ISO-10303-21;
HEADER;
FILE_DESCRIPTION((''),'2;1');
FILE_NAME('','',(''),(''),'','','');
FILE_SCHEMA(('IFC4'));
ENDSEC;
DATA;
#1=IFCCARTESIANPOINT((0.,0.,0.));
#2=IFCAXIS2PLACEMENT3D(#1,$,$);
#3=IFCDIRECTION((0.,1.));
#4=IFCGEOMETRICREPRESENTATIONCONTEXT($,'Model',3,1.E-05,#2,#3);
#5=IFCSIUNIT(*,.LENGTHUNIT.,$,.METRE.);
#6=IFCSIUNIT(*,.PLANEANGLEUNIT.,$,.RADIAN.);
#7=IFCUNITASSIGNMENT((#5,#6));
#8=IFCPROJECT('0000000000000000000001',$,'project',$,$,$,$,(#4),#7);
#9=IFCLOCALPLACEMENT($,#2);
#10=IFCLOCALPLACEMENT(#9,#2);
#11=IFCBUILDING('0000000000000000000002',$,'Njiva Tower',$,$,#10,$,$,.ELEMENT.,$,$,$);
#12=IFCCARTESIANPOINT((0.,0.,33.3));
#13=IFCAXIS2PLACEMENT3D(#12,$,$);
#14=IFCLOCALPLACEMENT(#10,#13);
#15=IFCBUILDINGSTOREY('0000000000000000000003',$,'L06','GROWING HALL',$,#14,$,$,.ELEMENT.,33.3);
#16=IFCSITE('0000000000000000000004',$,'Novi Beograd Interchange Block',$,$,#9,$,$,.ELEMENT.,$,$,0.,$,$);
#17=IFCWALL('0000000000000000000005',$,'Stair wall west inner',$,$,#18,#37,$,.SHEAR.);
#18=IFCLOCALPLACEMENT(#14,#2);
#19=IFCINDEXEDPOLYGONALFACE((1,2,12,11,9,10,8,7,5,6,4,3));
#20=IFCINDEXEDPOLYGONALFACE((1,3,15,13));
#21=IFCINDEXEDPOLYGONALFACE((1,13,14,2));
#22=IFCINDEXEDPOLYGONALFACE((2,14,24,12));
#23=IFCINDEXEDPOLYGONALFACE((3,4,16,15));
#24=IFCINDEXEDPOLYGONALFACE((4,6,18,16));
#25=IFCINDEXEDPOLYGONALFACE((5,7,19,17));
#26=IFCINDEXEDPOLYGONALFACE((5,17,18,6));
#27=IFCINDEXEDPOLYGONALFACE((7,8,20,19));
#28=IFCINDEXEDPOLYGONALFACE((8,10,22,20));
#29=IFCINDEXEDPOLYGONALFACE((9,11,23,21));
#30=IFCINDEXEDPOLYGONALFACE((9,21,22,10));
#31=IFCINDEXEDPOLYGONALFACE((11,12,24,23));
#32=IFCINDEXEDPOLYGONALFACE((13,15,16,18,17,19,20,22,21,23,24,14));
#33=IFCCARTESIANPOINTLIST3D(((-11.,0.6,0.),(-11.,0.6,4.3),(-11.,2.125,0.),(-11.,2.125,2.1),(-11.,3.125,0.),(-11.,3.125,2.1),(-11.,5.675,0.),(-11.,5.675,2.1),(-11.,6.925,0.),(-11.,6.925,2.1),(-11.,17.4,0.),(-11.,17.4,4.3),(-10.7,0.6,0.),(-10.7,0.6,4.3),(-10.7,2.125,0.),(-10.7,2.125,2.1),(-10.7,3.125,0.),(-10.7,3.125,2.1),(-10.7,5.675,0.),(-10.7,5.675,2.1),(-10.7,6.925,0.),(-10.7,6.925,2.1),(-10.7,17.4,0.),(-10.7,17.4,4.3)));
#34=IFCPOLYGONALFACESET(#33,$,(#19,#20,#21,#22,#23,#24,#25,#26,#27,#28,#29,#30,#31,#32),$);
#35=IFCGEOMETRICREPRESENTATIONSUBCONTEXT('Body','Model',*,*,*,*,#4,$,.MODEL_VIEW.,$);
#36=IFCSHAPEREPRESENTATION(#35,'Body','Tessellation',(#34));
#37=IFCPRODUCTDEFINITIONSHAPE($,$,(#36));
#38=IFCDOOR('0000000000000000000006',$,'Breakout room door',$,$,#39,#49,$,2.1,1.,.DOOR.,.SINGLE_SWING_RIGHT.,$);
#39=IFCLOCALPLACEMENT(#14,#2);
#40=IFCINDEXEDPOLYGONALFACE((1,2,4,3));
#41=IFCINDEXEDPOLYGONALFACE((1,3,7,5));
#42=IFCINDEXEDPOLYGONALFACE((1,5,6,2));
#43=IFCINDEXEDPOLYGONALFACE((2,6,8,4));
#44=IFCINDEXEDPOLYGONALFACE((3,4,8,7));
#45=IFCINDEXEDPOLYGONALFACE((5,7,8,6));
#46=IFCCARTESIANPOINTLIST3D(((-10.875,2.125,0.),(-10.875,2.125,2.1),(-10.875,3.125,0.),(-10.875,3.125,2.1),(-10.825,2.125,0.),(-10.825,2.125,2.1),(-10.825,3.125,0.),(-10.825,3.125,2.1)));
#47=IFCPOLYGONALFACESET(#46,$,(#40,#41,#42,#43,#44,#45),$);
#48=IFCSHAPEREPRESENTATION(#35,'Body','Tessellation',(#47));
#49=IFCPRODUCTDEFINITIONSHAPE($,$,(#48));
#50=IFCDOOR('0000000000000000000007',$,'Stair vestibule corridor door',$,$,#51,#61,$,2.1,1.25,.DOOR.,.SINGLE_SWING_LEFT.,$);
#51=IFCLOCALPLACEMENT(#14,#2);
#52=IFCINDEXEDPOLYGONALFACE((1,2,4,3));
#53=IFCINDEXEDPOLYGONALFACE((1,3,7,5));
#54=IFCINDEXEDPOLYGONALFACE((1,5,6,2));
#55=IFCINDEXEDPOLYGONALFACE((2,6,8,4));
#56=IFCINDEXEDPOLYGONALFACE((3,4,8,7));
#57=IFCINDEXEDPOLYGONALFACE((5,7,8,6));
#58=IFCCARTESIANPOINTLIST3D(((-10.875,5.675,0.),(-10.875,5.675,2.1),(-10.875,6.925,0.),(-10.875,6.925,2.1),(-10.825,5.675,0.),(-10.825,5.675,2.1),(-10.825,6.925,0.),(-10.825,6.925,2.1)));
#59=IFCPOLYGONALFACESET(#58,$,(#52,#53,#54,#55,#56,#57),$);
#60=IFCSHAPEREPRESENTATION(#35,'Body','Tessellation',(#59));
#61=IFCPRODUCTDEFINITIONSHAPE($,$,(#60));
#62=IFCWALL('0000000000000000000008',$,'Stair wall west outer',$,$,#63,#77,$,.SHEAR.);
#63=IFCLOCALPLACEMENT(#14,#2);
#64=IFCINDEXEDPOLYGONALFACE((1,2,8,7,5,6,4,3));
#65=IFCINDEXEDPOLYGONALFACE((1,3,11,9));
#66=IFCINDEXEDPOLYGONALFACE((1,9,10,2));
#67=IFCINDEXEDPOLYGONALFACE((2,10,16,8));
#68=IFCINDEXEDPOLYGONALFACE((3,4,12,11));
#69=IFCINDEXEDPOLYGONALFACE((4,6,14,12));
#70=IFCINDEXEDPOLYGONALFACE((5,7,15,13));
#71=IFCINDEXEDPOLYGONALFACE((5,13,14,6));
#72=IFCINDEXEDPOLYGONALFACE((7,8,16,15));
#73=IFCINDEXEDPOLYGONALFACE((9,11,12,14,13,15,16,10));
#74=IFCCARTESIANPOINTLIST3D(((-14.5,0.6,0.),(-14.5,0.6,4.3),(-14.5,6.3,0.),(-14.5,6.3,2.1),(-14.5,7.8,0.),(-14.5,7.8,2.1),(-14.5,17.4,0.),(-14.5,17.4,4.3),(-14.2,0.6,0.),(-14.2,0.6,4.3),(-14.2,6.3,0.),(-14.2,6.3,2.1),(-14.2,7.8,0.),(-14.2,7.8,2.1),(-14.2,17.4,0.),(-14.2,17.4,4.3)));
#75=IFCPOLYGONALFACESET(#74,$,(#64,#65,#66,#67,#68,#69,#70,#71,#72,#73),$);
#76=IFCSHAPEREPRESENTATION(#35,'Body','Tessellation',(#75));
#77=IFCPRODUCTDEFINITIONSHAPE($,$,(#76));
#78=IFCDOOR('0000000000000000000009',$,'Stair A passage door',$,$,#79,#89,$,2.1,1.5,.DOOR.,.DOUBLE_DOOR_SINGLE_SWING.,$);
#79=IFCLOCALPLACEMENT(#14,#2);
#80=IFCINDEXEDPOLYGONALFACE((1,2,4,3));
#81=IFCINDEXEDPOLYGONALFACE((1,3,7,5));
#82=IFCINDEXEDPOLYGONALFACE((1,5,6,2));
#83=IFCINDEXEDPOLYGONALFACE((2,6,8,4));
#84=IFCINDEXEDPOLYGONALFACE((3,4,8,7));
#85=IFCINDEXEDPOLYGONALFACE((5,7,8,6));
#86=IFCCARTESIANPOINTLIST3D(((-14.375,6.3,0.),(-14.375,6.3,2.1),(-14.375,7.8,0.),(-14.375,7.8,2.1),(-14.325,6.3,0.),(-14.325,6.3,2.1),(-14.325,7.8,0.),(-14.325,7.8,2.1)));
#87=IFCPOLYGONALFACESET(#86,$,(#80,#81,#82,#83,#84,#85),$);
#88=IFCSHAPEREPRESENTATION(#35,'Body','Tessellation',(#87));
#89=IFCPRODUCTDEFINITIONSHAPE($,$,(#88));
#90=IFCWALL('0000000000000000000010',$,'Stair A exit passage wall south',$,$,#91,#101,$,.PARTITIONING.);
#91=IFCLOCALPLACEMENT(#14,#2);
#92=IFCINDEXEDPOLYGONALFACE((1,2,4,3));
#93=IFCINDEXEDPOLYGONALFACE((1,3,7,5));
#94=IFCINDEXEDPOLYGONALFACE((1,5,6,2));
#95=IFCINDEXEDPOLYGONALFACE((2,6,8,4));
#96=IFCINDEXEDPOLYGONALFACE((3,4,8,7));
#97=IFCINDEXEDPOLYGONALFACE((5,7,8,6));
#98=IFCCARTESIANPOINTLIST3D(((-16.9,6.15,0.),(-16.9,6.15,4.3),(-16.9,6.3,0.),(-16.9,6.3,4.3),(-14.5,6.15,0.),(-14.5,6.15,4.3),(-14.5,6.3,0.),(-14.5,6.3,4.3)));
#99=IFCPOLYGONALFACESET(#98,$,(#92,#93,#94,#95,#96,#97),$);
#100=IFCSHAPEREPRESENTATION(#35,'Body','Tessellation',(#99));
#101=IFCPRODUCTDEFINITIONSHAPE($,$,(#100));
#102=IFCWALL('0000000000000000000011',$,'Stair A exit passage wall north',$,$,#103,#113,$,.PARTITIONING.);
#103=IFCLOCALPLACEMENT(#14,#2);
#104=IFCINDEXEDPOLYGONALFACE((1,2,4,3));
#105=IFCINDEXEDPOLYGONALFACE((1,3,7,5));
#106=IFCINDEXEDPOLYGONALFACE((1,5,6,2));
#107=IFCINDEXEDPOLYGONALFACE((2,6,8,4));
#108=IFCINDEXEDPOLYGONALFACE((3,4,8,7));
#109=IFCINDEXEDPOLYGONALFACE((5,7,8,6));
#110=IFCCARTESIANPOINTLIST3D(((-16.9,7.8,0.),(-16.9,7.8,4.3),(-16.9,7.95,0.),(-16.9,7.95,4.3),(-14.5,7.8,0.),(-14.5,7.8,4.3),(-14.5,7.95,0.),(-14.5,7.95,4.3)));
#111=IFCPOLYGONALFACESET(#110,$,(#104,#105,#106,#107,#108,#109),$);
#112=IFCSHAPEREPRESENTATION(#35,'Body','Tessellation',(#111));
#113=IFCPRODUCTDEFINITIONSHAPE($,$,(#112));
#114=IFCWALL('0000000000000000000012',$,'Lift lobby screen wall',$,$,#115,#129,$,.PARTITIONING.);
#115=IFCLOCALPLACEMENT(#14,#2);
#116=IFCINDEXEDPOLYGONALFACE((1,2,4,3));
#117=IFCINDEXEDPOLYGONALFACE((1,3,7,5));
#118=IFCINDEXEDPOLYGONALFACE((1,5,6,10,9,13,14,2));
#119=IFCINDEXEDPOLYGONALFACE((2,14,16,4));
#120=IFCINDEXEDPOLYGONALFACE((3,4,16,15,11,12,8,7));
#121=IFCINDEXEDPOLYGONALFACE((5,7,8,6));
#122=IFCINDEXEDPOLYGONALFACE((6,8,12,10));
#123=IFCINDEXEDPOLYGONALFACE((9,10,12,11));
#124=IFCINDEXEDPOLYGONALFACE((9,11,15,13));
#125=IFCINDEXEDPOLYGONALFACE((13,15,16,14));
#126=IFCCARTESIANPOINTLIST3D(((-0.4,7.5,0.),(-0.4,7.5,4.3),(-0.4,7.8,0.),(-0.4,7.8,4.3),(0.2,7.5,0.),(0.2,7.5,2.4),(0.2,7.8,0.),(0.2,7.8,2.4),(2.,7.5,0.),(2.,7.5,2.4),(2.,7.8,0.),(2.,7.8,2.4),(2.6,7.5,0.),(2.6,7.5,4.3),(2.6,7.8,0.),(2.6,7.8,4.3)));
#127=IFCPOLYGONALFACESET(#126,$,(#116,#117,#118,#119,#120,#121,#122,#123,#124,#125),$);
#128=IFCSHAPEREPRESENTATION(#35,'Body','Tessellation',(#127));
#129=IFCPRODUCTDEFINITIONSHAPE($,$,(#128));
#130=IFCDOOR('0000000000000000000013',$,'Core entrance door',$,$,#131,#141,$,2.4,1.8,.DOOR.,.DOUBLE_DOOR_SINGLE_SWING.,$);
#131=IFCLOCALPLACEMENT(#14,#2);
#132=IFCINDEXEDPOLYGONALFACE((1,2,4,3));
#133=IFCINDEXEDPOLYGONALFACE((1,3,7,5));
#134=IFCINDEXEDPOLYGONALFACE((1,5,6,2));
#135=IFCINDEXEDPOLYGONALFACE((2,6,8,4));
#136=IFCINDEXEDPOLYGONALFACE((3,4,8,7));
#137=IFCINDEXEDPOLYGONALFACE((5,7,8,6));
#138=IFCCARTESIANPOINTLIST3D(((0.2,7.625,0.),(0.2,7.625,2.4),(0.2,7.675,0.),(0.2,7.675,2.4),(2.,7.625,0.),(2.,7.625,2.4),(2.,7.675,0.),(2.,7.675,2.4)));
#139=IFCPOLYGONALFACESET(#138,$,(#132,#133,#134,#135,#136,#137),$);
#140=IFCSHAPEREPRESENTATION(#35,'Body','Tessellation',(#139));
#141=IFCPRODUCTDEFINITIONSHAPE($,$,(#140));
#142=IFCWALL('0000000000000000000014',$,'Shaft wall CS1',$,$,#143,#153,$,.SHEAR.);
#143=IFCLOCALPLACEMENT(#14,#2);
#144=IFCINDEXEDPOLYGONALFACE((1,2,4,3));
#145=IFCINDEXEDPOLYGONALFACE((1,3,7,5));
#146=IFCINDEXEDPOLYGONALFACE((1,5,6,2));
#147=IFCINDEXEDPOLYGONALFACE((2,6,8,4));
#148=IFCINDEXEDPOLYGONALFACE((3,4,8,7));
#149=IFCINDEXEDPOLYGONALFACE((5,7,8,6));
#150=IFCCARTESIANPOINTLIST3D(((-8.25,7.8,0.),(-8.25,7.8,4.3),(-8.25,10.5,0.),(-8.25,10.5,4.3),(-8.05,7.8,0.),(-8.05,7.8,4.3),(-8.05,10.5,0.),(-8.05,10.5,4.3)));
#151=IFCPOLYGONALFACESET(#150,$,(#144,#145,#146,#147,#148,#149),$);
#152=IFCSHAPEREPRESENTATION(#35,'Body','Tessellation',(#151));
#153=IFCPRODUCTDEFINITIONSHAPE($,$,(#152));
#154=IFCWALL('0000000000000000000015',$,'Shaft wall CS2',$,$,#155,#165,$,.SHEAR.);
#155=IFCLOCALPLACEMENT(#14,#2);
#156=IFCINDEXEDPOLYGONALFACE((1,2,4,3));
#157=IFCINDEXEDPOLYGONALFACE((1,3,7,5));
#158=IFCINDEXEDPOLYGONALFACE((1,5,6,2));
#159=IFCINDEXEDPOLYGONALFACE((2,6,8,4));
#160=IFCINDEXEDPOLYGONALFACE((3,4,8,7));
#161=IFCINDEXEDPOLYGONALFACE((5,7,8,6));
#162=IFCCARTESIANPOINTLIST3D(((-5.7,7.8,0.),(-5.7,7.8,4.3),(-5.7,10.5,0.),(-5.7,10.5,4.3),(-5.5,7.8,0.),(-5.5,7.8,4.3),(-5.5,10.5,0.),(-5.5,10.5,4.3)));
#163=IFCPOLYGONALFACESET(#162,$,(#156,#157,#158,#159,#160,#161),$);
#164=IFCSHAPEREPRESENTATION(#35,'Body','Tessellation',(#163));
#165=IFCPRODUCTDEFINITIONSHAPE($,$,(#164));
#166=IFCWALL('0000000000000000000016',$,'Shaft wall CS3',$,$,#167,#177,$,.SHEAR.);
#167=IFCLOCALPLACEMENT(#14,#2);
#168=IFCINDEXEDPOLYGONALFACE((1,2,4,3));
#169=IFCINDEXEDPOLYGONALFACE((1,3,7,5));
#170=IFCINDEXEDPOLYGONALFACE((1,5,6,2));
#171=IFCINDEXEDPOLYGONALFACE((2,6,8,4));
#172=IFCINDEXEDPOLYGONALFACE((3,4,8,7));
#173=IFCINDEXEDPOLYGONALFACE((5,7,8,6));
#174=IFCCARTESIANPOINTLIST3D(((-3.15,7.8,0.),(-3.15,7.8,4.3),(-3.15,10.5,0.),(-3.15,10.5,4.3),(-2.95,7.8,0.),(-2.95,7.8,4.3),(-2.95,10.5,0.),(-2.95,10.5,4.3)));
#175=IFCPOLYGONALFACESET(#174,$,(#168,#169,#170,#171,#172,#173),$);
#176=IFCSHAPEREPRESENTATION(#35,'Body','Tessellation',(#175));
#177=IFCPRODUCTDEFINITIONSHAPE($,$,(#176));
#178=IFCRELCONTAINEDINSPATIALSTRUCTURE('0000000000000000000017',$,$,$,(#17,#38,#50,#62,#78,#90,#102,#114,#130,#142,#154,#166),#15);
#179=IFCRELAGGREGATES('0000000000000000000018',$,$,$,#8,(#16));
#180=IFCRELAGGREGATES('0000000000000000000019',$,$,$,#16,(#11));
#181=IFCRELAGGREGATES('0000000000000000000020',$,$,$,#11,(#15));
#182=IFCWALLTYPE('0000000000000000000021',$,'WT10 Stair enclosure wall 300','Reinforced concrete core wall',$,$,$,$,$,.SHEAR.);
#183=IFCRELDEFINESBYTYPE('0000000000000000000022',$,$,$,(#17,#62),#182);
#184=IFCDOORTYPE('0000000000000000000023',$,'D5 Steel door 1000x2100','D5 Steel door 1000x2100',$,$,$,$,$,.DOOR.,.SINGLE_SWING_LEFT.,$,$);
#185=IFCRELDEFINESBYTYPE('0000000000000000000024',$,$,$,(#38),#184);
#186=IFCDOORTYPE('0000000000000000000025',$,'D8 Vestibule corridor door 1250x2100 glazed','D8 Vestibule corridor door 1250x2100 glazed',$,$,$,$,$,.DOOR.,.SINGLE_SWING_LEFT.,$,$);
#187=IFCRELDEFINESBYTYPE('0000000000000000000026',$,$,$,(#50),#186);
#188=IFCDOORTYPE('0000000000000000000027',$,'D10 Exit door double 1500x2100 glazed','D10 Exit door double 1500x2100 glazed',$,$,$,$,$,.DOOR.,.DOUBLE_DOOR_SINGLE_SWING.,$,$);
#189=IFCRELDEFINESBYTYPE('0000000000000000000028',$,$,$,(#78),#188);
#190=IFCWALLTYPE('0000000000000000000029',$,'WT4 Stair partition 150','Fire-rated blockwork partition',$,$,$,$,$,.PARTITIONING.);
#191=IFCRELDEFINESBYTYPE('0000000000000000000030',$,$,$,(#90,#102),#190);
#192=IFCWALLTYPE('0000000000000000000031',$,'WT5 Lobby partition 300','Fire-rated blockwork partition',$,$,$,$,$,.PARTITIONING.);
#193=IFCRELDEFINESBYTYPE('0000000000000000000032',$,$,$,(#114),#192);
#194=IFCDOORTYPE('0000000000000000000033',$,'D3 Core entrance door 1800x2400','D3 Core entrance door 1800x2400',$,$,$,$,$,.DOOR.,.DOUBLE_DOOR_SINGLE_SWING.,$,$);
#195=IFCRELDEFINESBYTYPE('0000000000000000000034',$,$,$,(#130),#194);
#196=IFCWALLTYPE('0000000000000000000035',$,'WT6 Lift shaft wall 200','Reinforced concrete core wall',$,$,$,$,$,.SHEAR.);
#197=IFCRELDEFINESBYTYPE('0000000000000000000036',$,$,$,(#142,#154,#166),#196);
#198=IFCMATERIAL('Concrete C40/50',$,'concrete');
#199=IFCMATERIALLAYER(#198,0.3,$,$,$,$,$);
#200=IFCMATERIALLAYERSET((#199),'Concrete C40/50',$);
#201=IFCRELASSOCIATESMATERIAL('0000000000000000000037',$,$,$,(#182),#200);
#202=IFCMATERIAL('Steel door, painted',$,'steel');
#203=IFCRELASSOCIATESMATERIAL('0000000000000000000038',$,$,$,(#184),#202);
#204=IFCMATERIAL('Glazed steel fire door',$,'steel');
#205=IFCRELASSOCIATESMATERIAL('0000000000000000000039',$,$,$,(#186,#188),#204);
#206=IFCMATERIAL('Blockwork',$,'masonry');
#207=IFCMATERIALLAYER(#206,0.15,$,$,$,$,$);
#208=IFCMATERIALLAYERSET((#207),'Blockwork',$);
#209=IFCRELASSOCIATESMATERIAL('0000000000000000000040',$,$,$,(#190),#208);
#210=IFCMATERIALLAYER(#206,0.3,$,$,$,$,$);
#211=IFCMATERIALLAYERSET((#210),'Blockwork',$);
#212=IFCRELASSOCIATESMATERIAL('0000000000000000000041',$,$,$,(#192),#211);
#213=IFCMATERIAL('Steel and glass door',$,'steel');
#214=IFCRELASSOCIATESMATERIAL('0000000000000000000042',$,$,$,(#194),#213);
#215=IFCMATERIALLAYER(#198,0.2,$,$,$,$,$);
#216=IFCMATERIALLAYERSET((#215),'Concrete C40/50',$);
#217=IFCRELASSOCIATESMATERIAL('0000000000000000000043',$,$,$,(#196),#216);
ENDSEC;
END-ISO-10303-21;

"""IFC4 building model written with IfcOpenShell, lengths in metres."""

from ifc_helpers import new_model, si_unit, direction, frame, frame_2d, origin, place, context, subcontext, project, spatial, rectangle, extrude, material, layer, layer_set, type_object, element, fill, save


model = new_model("IFC4")

# Units and contexts
model_context = context("Model", 3, precision=1e-05, world=origin(), true_north=direction((0.0, 1.0)))
body_context = subcontext(model_context, "Body", "Model", "MODEL_VIEW")
ifc_project = project(units=[si_unit("LENGTHUNIT", "METRE"), si_unit("PLANEANGLEUNIT", "RADIAN")], contexts=[model_context])

# Site, building, storey
site_placement = place(None, origin())
site = spatial("IfcSite", under=ifc_project, at=site_placement, Name="Novi Beograd Interchange Block", CompositionType="ELEMENT", RefElevation=0.0)
building_placement = place(site_placement, origin())
building = spatial("IfcBuilding", under=site, at=building_placement, Name="Njiva Tower", CompositionType="ELEMENT")
storey_placement = place(building_placement, frame((0.0, 0.0, 33.3)))
storey = spatial("IfcBuildingStorey", under=building, at=storey_placement, Name="L06", Description="GROWING HALL", CompositionType="ELEMENT", Elevation=33.3)

# Shared definitions
ifc_material_1 = material(Name="Blockwork", Category="masonry")

# Wall, openings, doors
ifc_material_2 = material(Name="Concrete C40/50", Category="concrete")
ifc_layer_1 = layer(ifc_material_2, 0.3)
ifc_layer_set_1 = layer_set([ifc_layer_1], Name="Concrete C40/50")
wall_type_1 = type_object("IfcWallType", Name="WT10 Stair enclosure wall 300", Description="Reinforced concrete core wall", PredefinedType="SHEAR", material=ifc_layer_set_1)
wall_1_placement = place(storey_placement, frame((-10.85, 0.6, 0.0), z_axis=(0.0, 0.0, 1.0), x_axis=(0.0, 1.0, 0.0)))
wall_1 = element("IfcWall", 1, at=wall_1_placement, inside=storey, type_object=wall_type_1, Name="Stair wall west inner", PredefinedType="SHEAR", context=body_context, shape_type="SweptSolid", body=[
    extrude(rectangle(XDim=16.8, YDim=0.3, at=frame_2d((8.4, 0.0))), origin(), (0.0, 0.0, 1.0), 4.3),
])
opening_1_placement = place(wall_1_placement, frame((5.075, 0.0, 0.0)))
opening_1 = element("IfcOpeningElement", 2, at=opening_1_placement, cuts=wall_1, PredefinedType="OPENING", context=body_context, shape_type="SweptSolid", body=[
    extrude(rectangle(XDim=1.25, YDim=2.1, at=frame_2d((0.625, 1.05))), frame((0.0, 0.16, 0.0), z_axis=(0.0, -1.0, 0.0), x_axis=(1.0, 0.0, 0.0)), (0.0, 0.0, 1.0), 0.32),
])
opening_2_placement = place(wall_1_placement, frame((1.525, 0.0, 0.0)))
opening_2 = element("IfcOpeningElement", 3, at=opening_2_placement, cuts=wall_1, PredefinedType="OPENING", context=body_context, shape_type="SweptSolid", body=[
    extrude(rectangle(XDim=1.0, YDim=2.1, at=frame_2d((0.5, 1.05))), frame((0.0, 0.16, 0.0), z_axis=(0.0, -1.0, 0.0), x_axis=(1.0, 0.0, 0.0)), (0.0, 0.0, 1.0), 0.32),
])
ifc_material_3 = material(Name="Steel door, painted", Category="steel")
door_type_1 = type_object("IfcDoorType", Name="D5 Steel door 1000x2100", Description="D5 Steel door 1000x2100", OperationType="SINGLE_SWING_LEFT", PredefinedType="DOOR", material=ifc_material_3)
door_1_placement = place(opening_2_placement, origin())
door_1 = element("IfcDoor", 4, at=door_1_placement, inside=storey, type_object=door_type_1, Name="Breakout room door", OperationType="SINGLE_SWING_RIGHT", OverallHeight=2.1, OverallWidth=1.0, PredefinedType="DOOR", context=body_context, shape_type="SweptSolid", body=[
    extrude(rectangle(XDim=1.0, YDim=2.1, at=frame_2d((0.5, 1.05))), frame((0.0, 0.025, 0.0), z_axis=(0.0, -1.0, 0.0), x_axis=(1.0, 0.0, 0.0)), (0.0, 0.0, 1.0), 0.05),
])
fill(opening_2, door_1)
ifc_material_4 = material(Name="Glazed steel fire door", Category="steel")
door_type_2 = type_object("IfcDoorType", Name="D8 Vestibule corridor door 1250x2100 glazed", Description="D8 Vestibule corridor door 1250x2100 glazed", OperationType="SINGLE_SWING_LEFT", PredefinedType="DOOR", material=ifc_material_4)
door_2_placement = place(opening_1_placement, origin())
door_2 = element("IfcDoor", 5, at=door_2_placement, inside=storey, type_object=door_type_2, Name="Stair vestibule corridor door", OperationType="SINGLE_SWING_LEFT", OverallHeight=2.1, OverallWidth=1.25, PredefinedType="DOOR", context=body_context, shape_type="SweptSolid", body=[
    extrude(rectangle(XDim=1.25, YDim=2.1, at=frame_2d((0.625, 1.05))), frame((0.0, 0.025, 0.0), z_axis=(0.0, -1.0, 0.0), x_axis=(1.0, 0.0, 0.0)), (0.0, 0.0, 1.0), 0.05),
])
fill(opening_1, door_2)

# Wall, opening, door
wall_2_placement = place(storey_placement, frame((-14.35, 0.6, 0.0), z_axis=(0.0, 0.0, 1.0), x_axis=(0.0, 1.0, 0.0)))
wall_2 = element("IfcWall", 6, at=wall_2_placement, inside=storey, type_object=wall_type_1, Name="Stair wall west outer", PredefinedType="SHEAR", context=body_context, shape_type="SweptSolid", body=[
    extrude(rectangle(XDim=16.8, YDim=0.3, at=frame_2d((8.4, 0.0))), origin(), (0.0, 0.0, 1.0), 4.3),
])
opening_3_placement = place(wall_2_placement, frame((5.7, 0.0, 0.0)))
opening_3 = element("IfcOpeningElement", 7, at=opening_3_placement, cuts=wall_2, PredefinedType="OPENING", context=body_context, shape_type="SweptSolid", body=[
    extrude(rectangle(XDim=1.5, YDim=2.1, at=frame_2d((0.75, 1.05))), frame((0.0, 0.16, 0.0), z_axis=(0.0, -1.0, 0.0), x_axis=(1.0, 0.0, 0.0)), (0.0, 0.0, 1.0), 0.32),
])
door_type_3 = type_object("IfcDoorType", Name="D10 Exit door double 1500x2100 glazed", Description="D10 Exit door double 1500x2100 glazed", OperationType="DOUBLE_DOOR_SINGLE_SWING", PredefinedType="DOOR", material=ifc_material_4)
door_3_placement = place(opening_3_placement, origin())
door_3 = element("IfcDoor", 8, at=door_3_placement, inside=storey, type_object=door_type_3, Name="Stair A passage door", OperationType="DOUBLE_DOOR_SINGLE_SWING", OverallHeight=2.1, OverallWidth=1.5, PredefinedType="DOOR", context=body_context, shape_type="SweptSolid", body=[
    extrude(rectangle(XDim=1.5, YDim=2.1, at=frame_2d((0.75, 1.05))), frame((0.0, 0.025, 0.0), z_axis=(0.0, -1.0, 0.0), x_axis=(1.0, 0.0, 0.0)), (0.0, 0.0, 1.0), 0.05),
])
fill(opening_3, door_3)

# Walls
ifc_layer_2 = layer(ifc_material_1, 0.15)
ifc_layer_set_2 = layer_set([ifc_layer_2], Name="Blockwork")
wall_type_2 = type_object("IfcWallType", Name="WT4 Stair partition 150", Description="Fire-rated blockwork partition", PredefinedType="PARTITIONING", material=ifc_layer_set_2)
for number, where, z_axis, x_axis, name in (
    (9, (-16.9, 6.225, 0.0), (0.0, 0.0, 1.0), (1.0, 0.0, 0.0), "Stair A exit passage wall south"),
    (10, (-16.9, 7.875, 0.0), (0.0, 0.0, 1.0), (1.0, 0.0, 0.0), "Stair A exit passage wall north"),
):
    element("IfcWall", number, at=place(storey_placement, frame(where, z_axis=z_axis, x_axis=x_axis)), inside=storey, type_object=wall_type_2, Name=name, PredefinedType="PARTITIONING", context=body_context, shape_type="SweptSolid", body=[
        extrude(rectangle(XDim=2.4, YDim=0.15, at=frame_2d((1.2, 0.0))), origin(), (0.0, 0.0, 1.0), 4.3),
    ])

# Wall, opening, door
ifc_layer_3 = layer(ifc_material_1, 0.3)
ifc_layer_set_3 = layer_set([ifc_layer_3], Name="Blockwork")
wall_type_3 = type_object("IfcWallType", Name="WT5 Lobby partition 300", Description="Fire-rated blockwork partition", PredefinedType="PARTITIONING", material=ifc_layer_set_3)
wall_3_placement = place(storey_placement, frame((-0.4, 7.65, 0.0), z_axis=(0.0, 0.0, 1.0), x_axis=(1.0, 0.0, 0.0)))
wall_3 = element("IfcWall", 11, at=wall_3_placement, inside=storey, type_object=wall_type_3, Name="Lift lobby screen wall", PredefinedType="PARTITIONING", context=body_context, shape_type="SweptSolid", body=[
    extrude(rectangle(XDim=3.0, YDim=0.3, at=frame_2d((1.5, 0.0))), origin(), (0.0, 0.0, 1.0), 4.3),
])
opening_4_placement = place(wall_3_placement, frame((0.6, 0.0, 0.0)))
opening_4 = element("IfcOpeningElement", 12, at=opening_4_placement, cuts=wall_3, PredefinedType="OPENING", context=body_context, shape_type="SweptSolid", body=[
    extrude(rectangle(XDim=1.8, YDim=2.4, at=frame_2d((0.9, 1.2))), frame((0.0, 0.16, 0.0), z_axis=(0.0, -1.0, 0.0), x_axis=(1.0, 0.0, 0.0)), (0.0, 0.0, 1.0), 0.32),
])
ifc_material_5 = material(Name="Steel and glass door", Category="steel")
door_type_4 = type_object("IfcDoorType", Name="D3 Core entrance door 1800x2400", Description="D3 Core entrance door 1800x2400", OperationType="DOUBLE_DOOR_SINGLE_SWING", PredefinedType="DOOR", material=ifc_material_5)
door_4_placement = place(opening_4_placement, origin())
door_4 = element("IfcDoor", 13, at=door_4_placement, inside=storey, type_object=door_type_4, Name="Core entrance door", OperationType="DOUBLE_DOOR_SINGLE_SWING", OverallHeight=2.4, OverallWidth=1.8, PredefinedType="DOOR", context=body_context, shape_type="SweptSolid", body=[
    extrude(rectangle(XDim=1.8, YDim=2.4, at=frame_2d((0.9, 1.2))), frame((0.0, 0.025, 0.0), z_axis=(0.0, -1.0, 0.0), x_axis=(1.0, 0.0, 0.0)), (0.0, 0.0, 1.0), 0.05),
])
fill(opening_4, door_4)

# Walls
ifc_layer_4 = layer(ifc_material_2, 0.2)
ifc_layer_set_4 = layer_set([ifc_layer_4], Name="Concrete C40/50")
wall_type_4 = type_object("IfcWallType", Name="WT6 Lift shaft wall 200", Description="Reinforced concrete core wall", PredefinedType="SHEAR", material=ifc_layer_set_4)
for number, where, z_axis, x_axis, name in (
    (14, (-8.15, 7.8, 0.0), (0.0, 0.0, 1.0), (0.0, 1.0, 0.0), "Shaft wall CS1"),
    (15, (-5.6, 7.8, 0.0), (0.0, 0.0, 1.0), (0.0, 1.0, 0.0), "Shaft wall CS2"),
    (16, (-3.05, 7.8, 0.0), (0.0, 0.0, 1.0), (0.0, 1.0, 0.0), "Shaft wall CS3"),
):
    element("IfcWall", number, at=place(storey_placement, frame(where, z_axis=z_axis, x_axis=x_axis)), inside=storey, type_object=wall_type_4, Name=name, PredefinedType="SHEAR", context=body_context, shape_type="SweptSolid", body=[
        extrude(rectangle(XDim=2.7, YDim=0.2, at=frame_2d((1.35, 0.0))), origin(), (0.0, 0.0, 1.0), 4.3),
    ])

save(model, "model.ifc")
